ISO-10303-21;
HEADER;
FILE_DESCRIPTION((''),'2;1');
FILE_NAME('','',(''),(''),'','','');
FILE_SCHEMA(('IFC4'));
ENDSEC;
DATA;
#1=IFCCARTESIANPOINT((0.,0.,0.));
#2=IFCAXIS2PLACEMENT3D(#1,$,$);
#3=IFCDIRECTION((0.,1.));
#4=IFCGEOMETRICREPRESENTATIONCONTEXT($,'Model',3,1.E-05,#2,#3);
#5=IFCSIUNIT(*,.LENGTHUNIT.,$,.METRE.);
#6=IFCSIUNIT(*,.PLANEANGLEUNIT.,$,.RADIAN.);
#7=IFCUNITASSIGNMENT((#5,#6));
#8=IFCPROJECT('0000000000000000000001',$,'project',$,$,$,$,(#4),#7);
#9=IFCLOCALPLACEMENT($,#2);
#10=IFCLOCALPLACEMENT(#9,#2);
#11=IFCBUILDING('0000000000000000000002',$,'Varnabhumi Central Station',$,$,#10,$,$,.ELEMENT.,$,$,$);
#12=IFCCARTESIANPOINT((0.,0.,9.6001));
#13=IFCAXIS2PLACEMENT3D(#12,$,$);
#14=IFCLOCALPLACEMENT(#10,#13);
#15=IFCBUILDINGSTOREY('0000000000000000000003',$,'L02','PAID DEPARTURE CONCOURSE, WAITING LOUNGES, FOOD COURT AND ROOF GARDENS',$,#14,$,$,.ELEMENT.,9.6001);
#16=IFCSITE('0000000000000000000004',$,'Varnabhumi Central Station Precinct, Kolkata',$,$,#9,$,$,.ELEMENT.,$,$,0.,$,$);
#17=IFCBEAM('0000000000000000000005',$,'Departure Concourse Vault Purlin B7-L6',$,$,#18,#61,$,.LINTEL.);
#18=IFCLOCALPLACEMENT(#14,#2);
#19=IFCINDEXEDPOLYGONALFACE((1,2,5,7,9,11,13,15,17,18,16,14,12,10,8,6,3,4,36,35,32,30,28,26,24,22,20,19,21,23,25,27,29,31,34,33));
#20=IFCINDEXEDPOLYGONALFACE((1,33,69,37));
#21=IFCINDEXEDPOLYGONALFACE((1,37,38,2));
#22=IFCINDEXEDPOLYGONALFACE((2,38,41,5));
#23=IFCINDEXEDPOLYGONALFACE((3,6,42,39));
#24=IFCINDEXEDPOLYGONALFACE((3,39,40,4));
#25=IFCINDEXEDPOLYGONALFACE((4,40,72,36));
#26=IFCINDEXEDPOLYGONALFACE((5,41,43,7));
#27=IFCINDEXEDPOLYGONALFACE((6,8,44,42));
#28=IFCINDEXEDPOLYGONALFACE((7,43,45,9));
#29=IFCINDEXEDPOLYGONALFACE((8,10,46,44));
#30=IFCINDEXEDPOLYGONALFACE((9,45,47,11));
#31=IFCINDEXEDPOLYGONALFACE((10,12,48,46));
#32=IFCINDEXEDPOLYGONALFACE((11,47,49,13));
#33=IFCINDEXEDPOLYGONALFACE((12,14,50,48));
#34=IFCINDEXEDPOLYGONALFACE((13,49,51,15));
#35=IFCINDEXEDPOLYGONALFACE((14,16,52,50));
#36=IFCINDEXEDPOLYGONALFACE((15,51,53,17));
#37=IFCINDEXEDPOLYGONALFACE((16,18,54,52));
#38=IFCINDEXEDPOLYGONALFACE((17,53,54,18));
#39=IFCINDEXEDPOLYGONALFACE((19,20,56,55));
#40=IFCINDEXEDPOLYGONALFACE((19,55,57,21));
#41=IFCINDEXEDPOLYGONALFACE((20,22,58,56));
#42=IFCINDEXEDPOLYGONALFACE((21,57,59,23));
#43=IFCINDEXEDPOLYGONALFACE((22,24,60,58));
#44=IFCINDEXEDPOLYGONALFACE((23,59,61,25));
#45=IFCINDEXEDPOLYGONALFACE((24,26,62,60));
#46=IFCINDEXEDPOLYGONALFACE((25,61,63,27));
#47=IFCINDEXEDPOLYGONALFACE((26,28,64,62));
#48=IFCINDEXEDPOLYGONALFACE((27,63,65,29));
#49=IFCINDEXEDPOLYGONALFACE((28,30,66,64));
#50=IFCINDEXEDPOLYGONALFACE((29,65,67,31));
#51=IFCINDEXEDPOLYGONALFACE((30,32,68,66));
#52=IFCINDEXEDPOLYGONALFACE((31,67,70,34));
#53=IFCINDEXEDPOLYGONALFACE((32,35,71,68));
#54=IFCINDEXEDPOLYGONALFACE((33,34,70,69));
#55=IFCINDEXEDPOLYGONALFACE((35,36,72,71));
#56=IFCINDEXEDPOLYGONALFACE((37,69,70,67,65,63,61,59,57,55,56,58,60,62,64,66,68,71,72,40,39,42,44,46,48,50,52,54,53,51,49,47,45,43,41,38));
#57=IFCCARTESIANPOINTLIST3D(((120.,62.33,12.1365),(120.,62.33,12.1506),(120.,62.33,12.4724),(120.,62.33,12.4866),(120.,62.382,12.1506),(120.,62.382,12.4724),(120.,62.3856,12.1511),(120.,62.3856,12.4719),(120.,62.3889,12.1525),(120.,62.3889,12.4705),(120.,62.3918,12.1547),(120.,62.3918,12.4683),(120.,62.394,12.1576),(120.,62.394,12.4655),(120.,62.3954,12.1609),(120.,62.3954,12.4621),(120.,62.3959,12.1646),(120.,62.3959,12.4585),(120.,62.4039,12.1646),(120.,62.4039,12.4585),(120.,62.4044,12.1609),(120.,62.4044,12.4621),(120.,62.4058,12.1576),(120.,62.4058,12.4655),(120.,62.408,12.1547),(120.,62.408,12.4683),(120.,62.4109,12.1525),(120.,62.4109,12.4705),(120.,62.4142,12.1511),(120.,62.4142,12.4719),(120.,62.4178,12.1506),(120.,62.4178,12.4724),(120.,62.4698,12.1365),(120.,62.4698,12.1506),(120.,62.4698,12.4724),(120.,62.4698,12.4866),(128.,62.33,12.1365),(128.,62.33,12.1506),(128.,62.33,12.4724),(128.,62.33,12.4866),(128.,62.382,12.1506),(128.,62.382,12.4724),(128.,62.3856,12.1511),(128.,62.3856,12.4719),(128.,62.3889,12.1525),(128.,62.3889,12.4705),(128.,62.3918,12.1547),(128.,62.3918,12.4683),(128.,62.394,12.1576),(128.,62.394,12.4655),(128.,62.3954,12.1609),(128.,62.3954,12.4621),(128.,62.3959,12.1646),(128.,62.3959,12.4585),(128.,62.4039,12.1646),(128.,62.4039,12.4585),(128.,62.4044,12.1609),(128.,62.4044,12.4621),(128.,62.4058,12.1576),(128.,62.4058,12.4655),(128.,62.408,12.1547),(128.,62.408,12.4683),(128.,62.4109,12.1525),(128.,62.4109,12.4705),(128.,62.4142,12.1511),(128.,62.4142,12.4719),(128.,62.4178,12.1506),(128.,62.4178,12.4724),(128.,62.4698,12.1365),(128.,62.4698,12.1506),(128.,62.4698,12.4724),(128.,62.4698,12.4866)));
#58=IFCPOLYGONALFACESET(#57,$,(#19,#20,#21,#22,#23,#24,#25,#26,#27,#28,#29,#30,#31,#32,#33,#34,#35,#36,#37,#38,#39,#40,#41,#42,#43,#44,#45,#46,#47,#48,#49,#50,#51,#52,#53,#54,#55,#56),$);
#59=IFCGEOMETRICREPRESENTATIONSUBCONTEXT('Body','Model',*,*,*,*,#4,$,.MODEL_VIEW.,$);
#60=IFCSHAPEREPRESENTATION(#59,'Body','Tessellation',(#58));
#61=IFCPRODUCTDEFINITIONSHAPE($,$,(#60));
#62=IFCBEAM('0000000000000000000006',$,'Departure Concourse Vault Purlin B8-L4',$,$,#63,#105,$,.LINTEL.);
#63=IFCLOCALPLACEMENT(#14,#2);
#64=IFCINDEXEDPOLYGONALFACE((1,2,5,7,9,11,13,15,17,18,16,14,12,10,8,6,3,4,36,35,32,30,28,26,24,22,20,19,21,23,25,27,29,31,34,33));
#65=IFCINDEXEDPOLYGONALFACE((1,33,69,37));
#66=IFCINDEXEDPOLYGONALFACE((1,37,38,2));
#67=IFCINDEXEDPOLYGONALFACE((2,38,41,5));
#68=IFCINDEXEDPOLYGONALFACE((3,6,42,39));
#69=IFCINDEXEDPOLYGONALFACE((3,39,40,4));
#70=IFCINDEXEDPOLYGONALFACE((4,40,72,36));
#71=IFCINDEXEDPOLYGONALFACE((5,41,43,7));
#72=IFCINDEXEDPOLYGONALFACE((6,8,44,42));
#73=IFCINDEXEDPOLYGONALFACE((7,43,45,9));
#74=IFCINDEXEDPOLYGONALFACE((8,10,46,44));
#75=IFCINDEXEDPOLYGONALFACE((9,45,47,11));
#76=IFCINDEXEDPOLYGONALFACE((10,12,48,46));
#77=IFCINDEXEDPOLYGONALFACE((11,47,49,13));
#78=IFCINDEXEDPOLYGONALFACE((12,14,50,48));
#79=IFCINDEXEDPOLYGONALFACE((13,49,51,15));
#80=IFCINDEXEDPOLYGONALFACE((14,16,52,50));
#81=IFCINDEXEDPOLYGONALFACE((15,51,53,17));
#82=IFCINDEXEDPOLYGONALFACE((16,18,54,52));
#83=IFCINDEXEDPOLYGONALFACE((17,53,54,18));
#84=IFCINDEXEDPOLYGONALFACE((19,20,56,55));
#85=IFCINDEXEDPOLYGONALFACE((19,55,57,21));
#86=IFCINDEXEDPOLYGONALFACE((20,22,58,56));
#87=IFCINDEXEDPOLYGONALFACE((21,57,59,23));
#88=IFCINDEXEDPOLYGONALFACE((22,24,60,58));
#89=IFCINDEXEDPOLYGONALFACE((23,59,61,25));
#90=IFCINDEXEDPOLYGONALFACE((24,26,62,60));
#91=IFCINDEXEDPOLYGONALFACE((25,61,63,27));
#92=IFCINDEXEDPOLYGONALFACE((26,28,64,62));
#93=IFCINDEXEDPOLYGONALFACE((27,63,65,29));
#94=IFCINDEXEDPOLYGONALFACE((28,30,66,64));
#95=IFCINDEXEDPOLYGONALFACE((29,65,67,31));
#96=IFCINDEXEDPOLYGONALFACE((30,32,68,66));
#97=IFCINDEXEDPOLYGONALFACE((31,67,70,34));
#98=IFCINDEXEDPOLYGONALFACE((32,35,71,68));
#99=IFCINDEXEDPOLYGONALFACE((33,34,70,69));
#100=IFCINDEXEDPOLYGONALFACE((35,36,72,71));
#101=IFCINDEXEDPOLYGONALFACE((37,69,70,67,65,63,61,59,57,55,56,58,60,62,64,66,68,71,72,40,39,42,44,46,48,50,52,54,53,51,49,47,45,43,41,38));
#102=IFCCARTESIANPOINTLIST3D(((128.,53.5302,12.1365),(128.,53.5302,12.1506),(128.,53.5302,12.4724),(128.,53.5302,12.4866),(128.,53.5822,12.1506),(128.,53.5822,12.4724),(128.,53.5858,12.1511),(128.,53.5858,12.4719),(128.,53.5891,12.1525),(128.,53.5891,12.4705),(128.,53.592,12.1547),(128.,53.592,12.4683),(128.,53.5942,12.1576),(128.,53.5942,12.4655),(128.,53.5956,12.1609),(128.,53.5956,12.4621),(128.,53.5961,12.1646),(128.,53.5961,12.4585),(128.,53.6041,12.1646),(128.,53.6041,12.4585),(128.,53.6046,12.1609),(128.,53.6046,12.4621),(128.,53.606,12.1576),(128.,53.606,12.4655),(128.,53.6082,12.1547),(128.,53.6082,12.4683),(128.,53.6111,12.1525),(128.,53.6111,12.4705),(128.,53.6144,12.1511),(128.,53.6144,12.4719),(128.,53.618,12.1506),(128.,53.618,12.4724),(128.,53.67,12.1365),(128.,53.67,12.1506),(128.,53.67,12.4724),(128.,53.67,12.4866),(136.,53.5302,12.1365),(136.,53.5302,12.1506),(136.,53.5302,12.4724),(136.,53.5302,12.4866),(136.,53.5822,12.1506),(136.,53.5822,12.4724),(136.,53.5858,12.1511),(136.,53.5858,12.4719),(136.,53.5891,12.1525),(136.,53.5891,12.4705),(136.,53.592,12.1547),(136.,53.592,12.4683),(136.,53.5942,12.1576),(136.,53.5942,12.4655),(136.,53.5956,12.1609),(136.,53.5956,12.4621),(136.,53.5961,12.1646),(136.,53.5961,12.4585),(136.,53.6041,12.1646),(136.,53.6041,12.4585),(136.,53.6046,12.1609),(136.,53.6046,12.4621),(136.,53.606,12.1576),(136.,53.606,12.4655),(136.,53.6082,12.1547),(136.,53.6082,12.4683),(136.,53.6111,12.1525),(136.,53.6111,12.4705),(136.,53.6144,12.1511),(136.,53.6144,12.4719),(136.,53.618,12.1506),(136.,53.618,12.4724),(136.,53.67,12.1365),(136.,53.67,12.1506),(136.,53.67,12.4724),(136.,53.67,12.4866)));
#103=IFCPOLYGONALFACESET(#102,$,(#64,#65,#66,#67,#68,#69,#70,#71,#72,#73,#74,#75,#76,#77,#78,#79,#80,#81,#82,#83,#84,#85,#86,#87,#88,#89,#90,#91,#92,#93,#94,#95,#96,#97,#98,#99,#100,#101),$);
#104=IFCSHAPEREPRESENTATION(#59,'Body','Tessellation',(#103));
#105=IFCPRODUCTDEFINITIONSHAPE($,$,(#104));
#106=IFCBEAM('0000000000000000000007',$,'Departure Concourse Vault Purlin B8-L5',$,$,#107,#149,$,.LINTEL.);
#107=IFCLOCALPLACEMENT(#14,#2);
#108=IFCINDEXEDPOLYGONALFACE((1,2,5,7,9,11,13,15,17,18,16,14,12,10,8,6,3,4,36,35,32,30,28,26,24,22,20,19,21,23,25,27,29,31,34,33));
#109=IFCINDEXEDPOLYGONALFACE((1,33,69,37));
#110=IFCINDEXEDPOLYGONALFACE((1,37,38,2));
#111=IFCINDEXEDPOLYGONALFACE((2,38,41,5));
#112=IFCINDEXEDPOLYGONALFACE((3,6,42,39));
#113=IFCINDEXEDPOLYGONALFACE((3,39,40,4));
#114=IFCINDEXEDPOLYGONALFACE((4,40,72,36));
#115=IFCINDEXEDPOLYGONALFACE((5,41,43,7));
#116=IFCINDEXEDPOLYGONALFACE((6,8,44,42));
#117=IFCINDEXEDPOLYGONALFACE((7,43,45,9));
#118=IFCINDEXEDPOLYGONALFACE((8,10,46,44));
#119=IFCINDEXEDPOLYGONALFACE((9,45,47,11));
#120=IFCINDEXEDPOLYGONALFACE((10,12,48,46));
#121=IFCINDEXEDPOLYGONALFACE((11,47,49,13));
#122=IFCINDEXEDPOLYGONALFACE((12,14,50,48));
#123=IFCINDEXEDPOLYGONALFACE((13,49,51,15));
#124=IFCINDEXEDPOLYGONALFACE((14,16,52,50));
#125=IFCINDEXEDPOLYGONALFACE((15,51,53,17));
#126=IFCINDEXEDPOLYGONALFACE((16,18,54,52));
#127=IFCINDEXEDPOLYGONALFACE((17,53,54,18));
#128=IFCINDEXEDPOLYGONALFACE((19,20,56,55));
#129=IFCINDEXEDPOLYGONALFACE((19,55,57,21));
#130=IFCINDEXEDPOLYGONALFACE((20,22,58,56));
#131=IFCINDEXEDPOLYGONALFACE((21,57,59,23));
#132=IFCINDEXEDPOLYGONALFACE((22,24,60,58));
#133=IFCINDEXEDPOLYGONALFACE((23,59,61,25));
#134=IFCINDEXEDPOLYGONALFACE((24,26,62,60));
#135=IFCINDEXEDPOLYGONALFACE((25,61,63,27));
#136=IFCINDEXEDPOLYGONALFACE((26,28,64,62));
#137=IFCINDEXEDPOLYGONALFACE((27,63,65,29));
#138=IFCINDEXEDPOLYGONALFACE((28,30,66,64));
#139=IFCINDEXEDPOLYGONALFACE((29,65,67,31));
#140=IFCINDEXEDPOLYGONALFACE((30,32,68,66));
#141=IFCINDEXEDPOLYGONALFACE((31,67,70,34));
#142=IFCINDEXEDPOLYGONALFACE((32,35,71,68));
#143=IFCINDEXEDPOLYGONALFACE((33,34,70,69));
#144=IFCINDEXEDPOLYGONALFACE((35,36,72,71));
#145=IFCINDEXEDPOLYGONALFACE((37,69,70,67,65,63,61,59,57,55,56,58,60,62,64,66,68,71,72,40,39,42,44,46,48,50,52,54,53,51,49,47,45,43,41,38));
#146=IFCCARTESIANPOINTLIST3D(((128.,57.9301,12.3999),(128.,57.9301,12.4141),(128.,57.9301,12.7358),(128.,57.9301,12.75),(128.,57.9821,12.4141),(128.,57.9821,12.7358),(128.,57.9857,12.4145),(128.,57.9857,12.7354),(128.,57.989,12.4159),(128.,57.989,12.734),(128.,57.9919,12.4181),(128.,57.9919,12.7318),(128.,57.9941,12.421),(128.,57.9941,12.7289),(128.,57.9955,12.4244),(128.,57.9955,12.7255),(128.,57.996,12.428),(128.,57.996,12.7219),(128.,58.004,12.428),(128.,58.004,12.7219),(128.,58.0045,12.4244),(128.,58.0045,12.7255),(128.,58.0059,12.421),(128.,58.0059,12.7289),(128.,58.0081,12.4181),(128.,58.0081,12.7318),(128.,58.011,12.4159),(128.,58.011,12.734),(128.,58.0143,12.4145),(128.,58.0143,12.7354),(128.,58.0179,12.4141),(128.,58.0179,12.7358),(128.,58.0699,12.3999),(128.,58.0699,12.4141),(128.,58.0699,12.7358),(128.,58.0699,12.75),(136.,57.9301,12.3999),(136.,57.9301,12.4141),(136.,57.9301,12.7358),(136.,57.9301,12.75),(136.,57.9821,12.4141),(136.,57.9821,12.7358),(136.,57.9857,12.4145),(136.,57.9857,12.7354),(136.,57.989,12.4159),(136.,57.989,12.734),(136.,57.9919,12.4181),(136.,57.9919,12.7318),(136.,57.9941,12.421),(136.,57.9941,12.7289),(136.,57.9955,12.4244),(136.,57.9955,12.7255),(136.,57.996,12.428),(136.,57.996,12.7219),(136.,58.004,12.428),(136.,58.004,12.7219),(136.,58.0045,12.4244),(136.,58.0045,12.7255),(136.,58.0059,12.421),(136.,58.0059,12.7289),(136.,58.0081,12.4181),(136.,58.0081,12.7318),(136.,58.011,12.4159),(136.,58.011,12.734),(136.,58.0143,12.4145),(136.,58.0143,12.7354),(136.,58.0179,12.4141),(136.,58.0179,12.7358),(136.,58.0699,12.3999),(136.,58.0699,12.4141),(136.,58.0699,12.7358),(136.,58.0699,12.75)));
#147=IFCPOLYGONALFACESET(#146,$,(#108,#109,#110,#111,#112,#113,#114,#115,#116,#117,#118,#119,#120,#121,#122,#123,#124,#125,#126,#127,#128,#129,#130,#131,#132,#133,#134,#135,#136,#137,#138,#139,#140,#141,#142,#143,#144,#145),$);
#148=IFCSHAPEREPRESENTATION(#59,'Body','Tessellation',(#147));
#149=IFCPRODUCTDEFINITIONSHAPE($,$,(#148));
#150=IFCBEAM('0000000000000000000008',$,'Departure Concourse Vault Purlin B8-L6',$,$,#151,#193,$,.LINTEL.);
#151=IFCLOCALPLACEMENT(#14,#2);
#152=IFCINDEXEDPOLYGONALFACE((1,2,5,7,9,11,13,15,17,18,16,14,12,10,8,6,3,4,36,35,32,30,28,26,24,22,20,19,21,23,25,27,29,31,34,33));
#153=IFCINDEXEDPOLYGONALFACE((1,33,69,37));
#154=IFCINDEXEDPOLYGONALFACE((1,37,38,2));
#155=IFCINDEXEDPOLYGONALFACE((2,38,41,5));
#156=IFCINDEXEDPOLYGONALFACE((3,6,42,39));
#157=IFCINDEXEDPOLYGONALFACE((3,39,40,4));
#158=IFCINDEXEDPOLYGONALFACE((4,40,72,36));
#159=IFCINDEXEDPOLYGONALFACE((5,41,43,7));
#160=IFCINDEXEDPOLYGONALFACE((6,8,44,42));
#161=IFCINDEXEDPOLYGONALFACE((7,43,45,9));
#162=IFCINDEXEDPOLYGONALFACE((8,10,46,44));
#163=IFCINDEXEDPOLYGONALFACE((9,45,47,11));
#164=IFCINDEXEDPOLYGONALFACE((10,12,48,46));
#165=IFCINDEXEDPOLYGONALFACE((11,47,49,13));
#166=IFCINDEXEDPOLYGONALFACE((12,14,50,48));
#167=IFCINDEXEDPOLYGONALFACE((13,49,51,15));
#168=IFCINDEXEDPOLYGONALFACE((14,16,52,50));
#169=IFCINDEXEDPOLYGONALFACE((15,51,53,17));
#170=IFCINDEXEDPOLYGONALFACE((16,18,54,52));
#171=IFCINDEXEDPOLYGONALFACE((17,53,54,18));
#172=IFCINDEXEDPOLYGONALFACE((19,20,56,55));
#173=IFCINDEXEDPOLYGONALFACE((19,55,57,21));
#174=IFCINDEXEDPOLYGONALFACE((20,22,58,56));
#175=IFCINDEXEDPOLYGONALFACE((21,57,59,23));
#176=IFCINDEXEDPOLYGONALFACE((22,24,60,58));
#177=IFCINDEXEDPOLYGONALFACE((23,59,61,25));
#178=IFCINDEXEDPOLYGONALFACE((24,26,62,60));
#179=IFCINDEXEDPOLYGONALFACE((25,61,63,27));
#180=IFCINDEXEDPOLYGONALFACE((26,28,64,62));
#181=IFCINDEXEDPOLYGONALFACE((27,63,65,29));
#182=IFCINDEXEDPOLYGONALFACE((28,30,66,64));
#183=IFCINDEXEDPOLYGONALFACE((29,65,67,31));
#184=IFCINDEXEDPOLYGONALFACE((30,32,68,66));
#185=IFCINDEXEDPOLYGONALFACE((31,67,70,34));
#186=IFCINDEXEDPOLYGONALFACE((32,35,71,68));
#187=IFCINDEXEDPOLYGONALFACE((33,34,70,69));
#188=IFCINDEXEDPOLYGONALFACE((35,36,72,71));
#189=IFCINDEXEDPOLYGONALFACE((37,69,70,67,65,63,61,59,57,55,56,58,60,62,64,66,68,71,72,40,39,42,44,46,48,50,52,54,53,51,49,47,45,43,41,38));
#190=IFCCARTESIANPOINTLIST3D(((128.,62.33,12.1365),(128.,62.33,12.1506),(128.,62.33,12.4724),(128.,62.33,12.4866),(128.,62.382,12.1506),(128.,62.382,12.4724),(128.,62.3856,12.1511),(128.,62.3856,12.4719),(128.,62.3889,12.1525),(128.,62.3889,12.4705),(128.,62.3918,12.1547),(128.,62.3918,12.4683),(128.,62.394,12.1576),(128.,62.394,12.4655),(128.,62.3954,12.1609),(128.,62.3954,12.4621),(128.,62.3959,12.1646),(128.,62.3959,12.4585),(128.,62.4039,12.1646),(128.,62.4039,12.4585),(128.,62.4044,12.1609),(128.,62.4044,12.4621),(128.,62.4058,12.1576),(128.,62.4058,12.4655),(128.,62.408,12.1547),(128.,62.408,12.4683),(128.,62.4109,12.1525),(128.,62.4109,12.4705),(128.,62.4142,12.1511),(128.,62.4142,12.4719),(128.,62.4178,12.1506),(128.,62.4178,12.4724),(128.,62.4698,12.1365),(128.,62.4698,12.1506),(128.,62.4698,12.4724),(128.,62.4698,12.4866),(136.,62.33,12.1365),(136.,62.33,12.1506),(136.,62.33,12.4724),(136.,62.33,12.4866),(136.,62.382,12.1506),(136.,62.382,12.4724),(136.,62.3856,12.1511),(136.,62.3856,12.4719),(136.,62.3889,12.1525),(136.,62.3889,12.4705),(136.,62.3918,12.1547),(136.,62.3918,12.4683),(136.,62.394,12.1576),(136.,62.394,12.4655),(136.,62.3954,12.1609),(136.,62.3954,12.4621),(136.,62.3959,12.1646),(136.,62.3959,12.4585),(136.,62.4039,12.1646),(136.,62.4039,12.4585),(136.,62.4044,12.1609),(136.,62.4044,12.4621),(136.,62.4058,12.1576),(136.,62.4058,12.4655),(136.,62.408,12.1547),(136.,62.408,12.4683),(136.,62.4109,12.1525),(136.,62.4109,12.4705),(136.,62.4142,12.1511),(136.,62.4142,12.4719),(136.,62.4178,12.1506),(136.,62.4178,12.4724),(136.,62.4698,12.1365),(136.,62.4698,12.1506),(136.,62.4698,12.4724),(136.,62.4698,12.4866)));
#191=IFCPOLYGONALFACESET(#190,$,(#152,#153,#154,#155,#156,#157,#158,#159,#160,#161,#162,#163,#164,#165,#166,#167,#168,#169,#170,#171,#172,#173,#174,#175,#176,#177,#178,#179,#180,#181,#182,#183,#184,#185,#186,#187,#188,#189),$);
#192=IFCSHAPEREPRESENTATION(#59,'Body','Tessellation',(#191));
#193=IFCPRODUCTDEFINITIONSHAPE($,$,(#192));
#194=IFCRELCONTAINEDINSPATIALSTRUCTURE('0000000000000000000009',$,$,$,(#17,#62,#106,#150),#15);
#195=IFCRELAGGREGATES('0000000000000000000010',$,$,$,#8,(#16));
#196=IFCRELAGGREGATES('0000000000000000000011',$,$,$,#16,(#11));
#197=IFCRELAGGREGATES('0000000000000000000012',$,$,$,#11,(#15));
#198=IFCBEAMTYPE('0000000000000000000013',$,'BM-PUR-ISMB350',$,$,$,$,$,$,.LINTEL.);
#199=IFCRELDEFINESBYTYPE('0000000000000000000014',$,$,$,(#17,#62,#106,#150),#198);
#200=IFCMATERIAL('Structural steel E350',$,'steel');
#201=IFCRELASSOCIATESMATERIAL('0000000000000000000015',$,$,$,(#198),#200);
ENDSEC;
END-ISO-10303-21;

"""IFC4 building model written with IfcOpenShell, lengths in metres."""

from ifc_helpers import new_model, si_unit, direction, frame, origin, origin_2d, place, context, subcontext, project, spatial, i_section, extrude, material, material_profile, profile_set, type_object, element, save


model = new_model("IFC4")

# Units and contexts
model_context = context("Model", 3, precision=1e-05, world=origin(), true_north=direction((0.0, 1.0)))
body_context = subcontext(model_context, "Body", "Model", "MODEL_VIEW")
ifc_project = project(units=[si_unit("LENGTHUNIT", "METRE"), si_unit("PLANEANGLEUNIT", "RADIAN")], contexts=[model_context])

# Site, building, storey
site_placement = place(None, origin())
site = spatial("IfcSite", under=ifc_project, at=site_placement, Name="Varnabhumi Central Station Precinct, Kolkata", CompositionType="ELEMENT", RefElevation=0.0)
building_placement = place(site_placement, origin())
building = spatial("IfcBuilding", under=site, at=building_placement, Name="Varnabhumi Central Station", CompositionType="ELEMENT")
storey_placement = place(building_placement, frame((0.0, 0.0, 9.6001)))
storey = spatial("IfcBuildingStorey", under=building, at=storey_placement, Name="L02", Description="PAID DEPARTURE CONCOURSE, WAITING LOUNGES, FOOD COURT AND ROOF GARDENS", CompositionType="ELEMENT", Elevation=9.6001)

# Beams
ifc_material_1 = material(Name="Structural steel E350", Category="steel")
ifc_material_profile_1 = material_profile(ifc_material_1, i_section(OverallWidth=0.1399, OverallDepth=0.3501, WebThickness=0.0081, FlangeThickness=0.0142, FilletRadius=0.0139, at=origin_2d()), Name="Structural steel E350", Category="steel")
ifc_profile_set_1 = profile_set([ifc_material_profile_1], Name="Structural steel E350")
beam_type_1 = type_object("IfcBeamType", Name="BM-PUR-ISMB350", PredefinedType="LINTEL", material=ifc_profile_set_1)
for number, where, z_axis, x_axis, name in (
    (1, (120.0, 62.3999, 12.3115), (1.0, 0.0, 0.0), (0.0, 1.0, 0.0), "Departure Concourse Vault Purlin B7-L6"),
    (2, (128.0, 53.6001, 12.3115), (1.0, 0.0, 0.0), (0.0, 1.0, 0.0), "Departure Concourse Vault Purlin B8-L4"),
    (3, (128.0, 58.0, 12.575), (1.0, 0.0, 0.0), (0.0, 1.0, 0.0), "Departure Concourse Vault Purlin B8-L5"),
    (4, (128.0, 62.3999, 12.3115), (1.0, 0.0, 0.0), (0.0, 1.0, 0.0), "Departure Concourse Vault Purlin B8-L6"),
):
    element("IfcBeam", number, at=place(storey_placement, frame(where, z_axis=z_axis, x_axis=x_axis)), inside=storey, type_object=beam_type_1, Name=name, PredefinedType="LINTEL", context=body_context, shape_type="SweptSolid", body=[
        extrude(i_section(OverallWidth=0.1399, OverallDepth=0.3501, WebThickness=0.0081, FlangeThickness=0.0142, FilletRadius=0.0139, at=origin_2d()), origin(), (0.0, 0.0, 1.0), 8.0),
    ])

save(model, "model.ifc")
